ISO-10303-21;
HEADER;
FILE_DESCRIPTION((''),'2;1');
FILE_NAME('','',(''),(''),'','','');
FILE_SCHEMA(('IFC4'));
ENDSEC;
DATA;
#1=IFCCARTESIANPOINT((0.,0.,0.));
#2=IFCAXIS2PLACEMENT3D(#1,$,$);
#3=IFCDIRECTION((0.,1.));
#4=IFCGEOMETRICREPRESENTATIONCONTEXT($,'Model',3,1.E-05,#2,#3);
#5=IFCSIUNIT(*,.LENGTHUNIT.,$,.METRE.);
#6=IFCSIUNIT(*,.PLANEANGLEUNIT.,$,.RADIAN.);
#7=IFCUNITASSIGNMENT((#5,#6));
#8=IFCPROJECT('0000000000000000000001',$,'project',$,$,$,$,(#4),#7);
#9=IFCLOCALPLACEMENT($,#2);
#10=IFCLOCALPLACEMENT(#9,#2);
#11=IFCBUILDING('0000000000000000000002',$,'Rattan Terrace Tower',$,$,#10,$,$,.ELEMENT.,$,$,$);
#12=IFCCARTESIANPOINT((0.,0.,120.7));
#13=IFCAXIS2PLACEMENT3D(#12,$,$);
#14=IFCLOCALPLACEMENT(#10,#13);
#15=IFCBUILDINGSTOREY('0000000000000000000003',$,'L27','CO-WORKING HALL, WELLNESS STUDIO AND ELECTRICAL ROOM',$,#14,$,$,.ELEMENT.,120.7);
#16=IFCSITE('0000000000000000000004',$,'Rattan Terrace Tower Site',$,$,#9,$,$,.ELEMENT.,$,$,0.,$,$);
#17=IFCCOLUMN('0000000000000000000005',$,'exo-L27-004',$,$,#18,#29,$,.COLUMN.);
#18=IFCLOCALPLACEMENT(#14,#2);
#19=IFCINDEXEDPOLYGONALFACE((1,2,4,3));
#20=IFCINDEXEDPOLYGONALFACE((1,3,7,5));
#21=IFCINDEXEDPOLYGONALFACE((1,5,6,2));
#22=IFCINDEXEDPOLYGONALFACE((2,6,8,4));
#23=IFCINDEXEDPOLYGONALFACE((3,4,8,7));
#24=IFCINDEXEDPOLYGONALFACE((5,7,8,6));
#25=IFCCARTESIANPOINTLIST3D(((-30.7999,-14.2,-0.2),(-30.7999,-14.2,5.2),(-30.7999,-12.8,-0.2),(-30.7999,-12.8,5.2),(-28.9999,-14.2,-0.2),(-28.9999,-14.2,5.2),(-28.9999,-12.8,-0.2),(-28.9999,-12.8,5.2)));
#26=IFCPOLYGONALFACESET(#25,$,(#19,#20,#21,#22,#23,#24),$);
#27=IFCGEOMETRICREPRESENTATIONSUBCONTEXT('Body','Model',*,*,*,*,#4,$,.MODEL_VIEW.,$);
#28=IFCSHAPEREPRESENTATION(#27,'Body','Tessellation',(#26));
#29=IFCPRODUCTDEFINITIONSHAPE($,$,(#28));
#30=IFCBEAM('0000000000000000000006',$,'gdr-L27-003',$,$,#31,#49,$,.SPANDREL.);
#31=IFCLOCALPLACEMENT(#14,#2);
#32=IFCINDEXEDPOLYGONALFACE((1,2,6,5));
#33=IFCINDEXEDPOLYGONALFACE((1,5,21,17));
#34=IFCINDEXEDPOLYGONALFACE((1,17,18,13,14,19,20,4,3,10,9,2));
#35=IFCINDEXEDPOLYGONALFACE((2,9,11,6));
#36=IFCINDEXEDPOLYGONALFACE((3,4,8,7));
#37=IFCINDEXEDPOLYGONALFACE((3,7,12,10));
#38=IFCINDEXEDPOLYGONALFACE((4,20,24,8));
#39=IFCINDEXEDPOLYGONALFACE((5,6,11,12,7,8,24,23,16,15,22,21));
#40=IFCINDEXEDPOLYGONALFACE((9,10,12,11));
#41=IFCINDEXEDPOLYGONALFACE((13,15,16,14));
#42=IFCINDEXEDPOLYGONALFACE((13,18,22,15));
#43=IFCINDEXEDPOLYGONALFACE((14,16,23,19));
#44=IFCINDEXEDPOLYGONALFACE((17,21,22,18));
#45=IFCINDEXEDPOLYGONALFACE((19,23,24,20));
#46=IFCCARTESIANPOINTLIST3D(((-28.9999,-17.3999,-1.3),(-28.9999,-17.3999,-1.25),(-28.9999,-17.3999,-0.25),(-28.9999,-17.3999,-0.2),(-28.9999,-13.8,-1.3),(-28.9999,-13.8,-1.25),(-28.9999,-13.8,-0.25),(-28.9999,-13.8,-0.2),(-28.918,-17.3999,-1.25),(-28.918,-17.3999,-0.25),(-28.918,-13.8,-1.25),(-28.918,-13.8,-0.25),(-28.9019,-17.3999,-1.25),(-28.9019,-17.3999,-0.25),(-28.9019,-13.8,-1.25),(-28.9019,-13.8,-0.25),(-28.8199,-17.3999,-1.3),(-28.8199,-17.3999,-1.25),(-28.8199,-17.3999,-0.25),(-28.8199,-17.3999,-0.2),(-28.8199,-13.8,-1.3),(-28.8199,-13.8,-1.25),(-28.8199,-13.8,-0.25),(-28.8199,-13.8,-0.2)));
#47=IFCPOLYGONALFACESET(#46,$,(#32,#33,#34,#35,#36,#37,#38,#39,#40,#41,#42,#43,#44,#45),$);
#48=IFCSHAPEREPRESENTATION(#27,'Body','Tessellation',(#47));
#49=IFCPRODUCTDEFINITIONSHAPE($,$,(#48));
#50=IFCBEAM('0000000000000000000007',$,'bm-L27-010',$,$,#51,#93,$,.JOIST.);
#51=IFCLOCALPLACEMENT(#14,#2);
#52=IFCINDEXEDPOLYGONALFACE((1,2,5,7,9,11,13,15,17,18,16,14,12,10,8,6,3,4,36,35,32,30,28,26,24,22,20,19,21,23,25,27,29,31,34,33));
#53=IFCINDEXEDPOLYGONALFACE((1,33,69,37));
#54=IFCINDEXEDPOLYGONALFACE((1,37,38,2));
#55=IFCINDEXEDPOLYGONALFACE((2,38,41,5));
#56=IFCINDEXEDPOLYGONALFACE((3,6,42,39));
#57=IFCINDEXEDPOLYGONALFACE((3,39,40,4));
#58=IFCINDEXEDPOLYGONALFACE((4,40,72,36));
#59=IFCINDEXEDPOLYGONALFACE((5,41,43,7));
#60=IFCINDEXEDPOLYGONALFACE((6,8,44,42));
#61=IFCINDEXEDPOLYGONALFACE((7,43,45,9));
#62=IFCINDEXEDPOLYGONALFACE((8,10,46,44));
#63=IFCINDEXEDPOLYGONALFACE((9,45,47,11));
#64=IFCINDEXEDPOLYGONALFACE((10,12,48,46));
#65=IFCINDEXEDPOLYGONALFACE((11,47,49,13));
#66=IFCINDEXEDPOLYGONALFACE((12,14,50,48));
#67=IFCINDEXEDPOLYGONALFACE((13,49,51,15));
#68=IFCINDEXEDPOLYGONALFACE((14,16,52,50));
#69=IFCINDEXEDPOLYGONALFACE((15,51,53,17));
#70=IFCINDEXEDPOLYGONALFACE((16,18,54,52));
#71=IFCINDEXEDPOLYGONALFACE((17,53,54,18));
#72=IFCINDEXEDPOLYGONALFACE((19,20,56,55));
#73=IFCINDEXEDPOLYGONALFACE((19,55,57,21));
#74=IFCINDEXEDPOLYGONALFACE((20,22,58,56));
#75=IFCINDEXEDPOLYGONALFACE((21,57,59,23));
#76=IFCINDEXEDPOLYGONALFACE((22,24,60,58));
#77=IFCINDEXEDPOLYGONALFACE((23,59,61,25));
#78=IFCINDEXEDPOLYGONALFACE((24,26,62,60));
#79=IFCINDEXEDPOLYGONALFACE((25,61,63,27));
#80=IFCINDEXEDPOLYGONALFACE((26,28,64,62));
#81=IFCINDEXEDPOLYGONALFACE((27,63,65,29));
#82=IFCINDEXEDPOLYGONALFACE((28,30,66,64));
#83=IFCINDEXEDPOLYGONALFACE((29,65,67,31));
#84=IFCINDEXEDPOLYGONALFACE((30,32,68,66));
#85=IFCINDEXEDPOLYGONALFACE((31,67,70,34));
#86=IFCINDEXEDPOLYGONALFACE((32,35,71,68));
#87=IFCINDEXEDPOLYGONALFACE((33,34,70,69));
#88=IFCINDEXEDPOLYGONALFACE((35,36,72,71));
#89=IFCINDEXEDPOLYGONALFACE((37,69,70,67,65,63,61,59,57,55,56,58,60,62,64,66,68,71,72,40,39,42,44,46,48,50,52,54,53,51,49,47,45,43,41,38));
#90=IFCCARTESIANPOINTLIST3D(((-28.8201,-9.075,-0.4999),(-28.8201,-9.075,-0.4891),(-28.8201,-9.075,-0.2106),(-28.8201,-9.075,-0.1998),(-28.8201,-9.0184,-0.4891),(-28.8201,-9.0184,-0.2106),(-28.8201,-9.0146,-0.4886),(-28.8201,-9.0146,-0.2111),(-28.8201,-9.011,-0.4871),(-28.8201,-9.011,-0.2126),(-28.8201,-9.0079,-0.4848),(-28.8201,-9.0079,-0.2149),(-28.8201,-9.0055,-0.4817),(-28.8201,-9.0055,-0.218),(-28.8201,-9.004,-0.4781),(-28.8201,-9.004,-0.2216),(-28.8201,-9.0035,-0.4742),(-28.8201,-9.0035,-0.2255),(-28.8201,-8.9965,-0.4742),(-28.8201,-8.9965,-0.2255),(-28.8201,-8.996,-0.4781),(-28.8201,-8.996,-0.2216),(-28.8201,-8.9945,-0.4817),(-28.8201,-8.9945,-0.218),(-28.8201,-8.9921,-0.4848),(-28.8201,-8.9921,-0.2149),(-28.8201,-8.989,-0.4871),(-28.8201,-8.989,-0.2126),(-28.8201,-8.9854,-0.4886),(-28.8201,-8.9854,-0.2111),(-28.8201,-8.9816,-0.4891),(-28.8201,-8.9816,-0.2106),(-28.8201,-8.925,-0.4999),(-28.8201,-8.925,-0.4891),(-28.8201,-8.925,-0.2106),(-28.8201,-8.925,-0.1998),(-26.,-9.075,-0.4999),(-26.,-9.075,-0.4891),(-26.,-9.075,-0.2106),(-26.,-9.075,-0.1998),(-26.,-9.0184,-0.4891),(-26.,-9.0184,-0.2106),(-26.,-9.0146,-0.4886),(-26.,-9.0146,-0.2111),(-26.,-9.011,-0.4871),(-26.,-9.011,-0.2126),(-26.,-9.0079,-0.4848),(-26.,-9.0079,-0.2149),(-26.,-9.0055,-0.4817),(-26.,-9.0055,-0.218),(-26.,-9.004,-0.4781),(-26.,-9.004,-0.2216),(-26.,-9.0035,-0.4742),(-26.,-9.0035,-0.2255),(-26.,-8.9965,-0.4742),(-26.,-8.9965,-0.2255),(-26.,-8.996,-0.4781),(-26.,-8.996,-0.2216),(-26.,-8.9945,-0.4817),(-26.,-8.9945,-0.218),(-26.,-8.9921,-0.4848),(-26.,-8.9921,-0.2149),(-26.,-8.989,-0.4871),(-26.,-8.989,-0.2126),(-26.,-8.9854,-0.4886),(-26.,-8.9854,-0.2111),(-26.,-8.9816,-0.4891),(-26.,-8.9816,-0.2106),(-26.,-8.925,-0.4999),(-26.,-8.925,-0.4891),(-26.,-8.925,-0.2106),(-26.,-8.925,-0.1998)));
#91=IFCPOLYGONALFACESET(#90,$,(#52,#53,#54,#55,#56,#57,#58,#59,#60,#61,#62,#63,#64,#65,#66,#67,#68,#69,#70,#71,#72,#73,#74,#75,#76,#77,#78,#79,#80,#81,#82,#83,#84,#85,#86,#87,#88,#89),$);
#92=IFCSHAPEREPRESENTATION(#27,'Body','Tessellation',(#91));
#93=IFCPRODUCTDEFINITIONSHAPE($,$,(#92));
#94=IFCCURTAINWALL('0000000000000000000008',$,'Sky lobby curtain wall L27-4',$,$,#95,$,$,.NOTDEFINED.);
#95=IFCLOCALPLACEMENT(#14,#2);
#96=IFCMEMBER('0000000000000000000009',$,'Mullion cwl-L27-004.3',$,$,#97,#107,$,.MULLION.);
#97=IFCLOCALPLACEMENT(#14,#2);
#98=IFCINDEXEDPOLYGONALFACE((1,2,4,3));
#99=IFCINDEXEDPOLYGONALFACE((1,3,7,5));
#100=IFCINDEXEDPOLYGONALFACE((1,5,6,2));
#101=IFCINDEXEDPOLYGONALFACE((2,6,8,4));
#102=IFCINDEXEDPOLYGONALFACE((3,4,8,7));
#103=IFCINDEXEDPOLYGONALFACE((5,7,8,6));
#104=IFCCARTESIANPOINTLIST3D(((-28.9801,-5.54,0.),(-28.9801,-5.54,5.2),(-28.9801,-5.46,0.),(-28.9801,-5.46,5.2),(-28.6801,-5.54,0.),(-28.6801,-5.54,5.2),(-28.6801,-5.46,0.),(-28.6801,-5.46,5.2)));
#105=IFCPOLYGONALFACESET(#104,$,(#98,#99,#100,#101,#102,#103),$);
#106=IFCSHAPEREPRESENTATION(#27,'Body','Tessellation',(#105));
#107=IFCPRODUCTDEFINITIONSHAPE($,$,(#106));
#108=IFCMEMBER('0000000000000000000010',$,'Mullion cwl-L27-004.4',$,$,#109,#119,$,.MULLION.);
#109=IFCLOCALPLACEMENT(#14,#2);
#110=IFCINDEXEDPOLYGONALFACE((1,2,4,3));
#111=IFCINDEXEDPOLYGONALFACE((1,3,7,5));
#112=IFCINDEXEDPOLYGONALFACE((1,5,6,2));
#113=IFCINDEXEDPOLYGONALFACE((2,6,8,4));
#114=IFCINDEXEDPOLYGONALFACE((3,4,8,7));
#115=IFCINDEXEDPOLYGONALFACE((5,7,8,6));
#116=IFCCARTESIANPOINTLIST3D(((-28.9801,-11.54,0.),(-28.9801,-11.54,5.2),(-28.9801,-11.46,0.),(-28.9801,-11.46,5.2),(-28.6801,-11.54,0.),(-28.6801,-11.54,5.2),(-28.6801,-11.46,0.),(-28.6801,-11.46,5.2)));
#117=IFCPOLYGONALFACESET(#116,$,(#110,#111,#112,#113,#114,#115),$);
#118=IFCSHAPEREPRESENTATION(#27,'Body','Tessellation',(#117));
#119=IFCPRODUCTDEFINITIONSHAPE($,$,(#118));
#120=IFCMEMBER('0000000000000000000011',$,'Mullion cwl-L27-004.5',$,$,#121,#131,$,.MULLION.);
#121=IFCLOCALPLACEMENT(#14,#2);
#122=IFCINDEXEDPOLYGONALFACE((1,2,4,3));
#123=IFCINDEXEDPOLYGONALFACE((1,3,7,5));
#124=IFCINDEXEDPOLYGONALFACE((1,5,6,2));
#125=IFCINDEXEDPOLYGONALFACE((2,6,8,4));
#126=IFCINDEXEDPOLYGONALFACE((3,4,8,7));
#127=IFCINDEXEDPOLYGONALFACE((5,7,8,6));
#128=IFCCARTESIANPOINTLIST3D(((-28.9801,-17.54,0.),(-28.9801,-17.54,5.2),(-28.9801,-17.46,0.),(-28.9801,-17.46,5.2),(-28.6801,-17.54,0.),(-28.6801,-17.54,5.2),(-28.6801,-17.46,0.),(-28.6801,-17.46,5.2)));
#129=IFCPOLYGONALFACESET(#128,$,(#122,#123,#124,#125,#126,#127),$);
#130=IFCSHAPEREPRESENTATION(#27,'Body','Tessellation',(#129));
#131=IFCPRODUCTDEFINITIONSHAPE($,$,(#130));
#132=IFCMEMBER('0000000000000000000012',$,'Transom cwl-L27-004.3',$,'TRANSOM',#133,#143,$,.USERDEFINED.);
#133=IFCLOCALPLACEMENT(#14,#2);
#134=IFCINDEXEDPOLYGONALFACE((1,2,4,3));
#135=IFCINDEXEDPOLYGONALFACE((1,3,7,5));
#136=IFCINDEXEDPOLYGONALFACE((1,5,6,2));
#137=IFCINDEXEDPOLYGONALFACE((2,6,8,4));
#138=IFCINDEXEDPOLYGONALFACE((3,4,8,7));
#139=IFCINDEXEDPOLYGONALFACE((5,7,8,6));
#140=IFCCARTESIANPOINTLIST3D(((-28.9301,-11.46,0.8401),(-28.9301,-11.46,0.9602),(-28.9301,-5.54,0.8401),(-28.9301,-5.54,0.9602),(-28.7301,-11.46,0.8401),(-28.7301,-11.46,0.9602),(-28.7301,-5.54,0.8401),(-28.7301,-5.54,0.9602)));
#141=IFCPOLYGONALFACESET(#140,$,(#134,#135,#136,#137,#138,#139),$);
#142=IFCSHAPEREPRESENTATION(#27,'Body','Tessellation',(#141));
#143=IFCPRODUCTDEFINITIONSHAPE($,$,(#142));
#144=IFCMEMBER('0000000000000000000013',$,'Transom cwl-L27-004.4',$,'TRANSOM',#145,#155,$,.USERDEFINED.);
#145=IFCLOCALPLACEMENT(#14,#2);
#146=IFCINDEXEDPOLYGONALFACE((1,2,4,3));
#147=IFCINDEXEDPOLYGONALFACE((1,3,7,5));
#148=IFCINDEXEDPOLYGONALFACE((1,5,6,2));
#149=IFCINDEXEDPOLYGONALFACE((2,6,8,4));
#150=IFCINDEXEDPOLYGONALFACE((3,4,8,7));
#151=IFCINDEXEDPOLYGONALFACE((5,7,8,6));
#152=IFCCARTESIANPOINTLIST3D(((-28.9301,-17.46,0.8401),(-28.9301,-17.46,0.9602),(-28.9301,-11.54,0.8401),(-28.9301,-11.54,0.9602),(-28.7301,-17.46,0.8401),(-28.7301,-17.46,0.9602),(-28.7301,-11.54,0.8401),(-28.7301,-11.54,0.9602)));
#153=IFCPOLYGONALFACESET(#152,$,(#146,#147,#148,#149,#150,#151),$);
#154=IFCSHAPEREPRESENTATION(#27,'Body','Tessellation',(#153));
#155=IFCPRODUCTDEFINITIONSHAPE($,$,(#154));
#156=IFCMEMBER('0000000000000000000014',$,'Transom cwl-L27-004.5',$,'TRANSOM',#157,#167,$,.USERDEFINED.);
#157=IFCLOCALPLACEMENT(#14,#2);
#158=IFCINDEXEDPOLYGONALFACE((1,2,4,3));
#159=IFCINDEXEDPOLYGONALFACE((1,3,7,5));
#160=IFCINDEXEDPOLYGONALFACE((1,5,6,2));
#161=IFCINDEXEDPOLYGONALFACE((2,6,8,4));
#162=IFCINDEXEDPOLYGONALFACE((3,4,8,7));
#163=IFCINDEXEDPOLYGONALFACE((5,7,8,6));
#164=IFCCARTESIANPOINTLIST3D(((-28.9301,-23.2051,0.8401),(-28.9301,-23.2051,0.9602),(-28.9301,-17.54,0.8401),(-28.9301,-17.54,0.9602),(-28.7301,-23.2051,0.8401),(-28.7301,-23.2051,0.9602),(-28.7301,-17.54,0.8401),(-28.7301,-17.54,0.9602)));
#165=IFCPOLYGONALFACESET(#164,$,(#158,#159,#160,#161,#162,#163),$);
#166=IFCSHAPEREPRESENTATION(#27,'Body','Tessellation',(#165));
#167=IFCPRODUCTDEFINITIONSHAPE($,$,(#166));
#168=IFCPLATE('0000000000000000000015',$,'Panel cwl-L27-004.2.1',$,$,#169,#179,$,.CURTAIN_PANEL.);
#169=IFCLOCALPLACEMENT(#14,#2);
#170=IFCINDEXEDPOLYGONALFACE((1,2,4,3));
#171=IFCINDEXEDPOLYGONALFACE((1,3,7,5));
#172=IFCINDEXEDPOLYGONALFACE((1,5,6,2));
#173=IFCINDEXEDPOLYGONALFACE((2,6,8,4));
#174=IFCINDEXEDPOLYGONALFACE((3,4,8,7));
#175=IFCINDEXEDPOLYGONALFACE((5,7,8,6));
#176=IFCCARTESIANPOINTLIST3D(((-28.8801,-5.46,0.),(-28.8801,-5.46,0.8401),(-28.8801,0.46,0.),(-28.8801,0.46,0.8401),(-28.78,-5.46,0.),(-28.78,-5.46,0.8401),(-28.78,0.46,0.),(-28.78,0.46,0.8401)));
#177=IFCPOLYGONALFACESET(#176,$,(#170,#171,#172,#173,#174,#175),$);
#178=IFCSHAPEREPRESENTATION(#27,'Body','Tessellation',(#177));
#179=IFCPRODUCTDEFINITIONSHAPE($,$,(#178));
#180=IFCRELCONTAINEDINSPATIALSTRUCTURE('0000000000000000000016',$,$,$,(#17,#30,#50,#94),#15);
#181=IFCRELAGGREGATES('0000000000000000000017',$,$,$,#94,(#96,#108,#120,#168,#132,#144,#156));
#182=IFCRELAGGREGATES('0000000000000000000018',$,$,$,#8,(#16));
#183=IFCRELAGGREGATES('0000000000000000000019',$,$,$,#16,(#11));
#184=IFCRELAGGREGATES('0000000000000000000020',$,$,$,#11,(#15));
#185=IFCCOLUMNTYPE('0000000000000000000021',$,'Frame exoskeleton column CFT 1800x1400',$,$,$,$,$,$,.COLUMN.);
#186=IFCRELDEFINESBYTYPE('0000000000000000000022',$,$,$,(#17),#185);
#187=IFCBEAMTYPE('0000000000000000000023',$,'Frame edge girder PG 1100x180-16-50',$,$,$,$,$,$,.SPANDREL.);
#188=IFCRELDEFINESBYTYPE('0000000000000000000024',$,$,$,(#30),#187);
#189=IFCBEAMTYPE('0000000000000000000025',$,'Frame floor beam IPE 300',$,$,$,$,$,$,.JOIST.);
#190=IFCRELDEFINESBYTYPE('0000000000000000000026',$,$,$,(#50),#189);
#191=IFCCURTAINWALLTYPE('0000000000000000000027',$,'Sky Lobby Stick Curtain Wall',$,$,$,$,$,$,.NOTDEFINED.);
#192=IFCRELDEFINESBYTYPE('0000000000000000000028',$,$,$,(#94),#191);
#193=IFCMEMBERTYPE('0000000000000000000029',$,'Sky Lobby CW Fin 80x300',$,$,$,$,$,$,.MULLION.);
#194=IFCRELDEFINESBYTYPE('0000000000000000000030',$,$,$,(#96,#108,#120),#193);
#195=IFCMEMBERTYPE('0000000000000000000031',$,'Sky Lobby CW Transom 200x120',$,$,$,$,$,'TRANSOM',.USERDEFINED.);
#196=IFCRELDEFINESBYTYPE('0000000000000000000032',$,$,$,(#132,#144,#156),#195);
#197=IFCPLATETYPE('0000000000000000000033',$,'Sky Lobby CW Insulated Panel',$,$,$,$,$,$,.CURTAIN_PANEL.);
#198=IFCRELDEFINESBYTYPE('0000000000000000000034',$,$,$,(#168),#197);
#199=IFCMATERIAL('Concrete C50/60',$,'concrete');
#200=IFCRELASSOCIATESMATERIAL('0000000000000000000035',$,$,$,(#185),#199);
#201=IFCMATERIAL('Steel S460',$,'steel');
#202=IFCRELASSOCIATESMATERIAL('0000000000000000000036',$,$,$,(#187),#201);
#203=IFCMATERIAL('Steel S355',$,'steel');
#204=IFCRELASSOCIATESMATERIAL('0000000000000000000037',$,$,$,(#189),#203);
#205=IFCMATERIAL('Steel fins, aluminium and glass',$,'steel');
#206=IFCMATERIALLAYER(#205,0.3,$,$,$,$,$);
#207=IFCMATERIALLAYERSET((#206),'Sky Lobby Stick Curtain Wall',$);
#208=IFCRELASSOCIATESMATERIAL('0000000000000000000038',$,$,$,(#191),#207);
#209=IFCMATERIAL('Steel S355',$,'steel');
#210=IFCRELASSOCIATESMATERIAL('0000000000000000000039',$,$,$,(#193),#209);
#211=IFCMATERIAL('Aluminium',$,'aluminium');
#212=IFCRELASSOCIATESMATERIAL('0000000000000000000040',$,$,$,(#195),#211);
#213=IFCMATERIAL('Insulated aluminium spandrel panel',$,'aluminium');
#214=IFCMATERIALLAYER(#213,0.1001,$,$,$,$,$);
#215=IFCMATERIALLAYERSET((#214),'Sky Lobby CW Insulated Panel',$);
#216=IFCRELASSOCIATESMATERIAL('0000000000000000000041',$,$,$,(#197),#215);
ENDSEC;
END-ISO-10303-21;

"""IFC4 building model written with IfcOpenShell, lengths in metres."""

from ifc_helpers import new_model, si_unit, direction, frame, origin, origin_2d, place, context, subcontext, project, spatial, rectangle, i_section, extrude, material, layer, layer_set, material_profile, profile_set, type_object, element, aggregate, save


model = new_model("IFC4")

# Units and contexts
model_context = context("Model", 3, precision=1e-05, world=origin(), true_north=direction((0.0, 1.0)))
body_context = subcontext(model_context, "Body", "Model", "MODEL_VIEW")
ifc_project = project(units=[si_unit("LENGTHUNIT", "METRE"), si_unit("PLANEANGLEUNIT", "RADIAN")], contexts=[model_context])

# Site, building, storey
site_placement = place(None, origin())
site = spatial("IfcSite", under=ifc_project, at=site_placement, Name="Rattan Terrace Tower Site", CompositionType="ELEMENT", RefElevation=0.0)
building_placement = place(site_placement, origin())
building = spatial("IfcBuilding", under=site, at=building_placement, Name="Rattan Terrace Tower", CompositionType="ELEMENT")
storey_placement = place(building_placement, frame((0.0, 0.0, 120.7)))
storey = spatial("IfcBuildingStorey", under=building, at=storey_placement, Name="L27", Description="CO-WORKING HALL, WELLNESS STUDIO AND ELECTRICAL ROOM", CompositionType="ELEMENT", Elevation=120.7)

# Column
ifc_material_1 = material(Name="Concrete C50/60", Category="concrete")
ifc_material_profile_1 = material_profile(ifc_material_1, rectangle(XDim=1.3999, YDim=1.8, at=origin_2d()), Name="CFT 1800x1400")
ifc_profile_set_1 = profile_set([ifc_material_profile_1], Name="Concrete C50/60")
column_type = type_object("IfcColumnType", Name="Frame exoskeleton column CFT 1800x1400", PredefinedType="COLUMN", material=ifc_profile_set_1)
column_placement = place(storey_placement, frame((-29.8999, -13.5, -0.2), z_axis=(0.0, 0.0, 1.0), x_axis=(0.0, 1.0, 0.0)))
element("IfcColumn", 1, at=column_placement, inside=storey, type_object=column_type, Name="exo-L27-004", PredefinedType="COLUMN", context=body_context, shape_type="SweptSolid", body=[
    extrude(rectangle(XDim=1.3999, YDim=1.8, at=origin_2d()), origin(), (0.0, 0.0, 1.0), 5.3999),
])

# Beams
ifc_material_2 = material(Name="Steel S460", Category="steel")
ifc_material_profile_2 = material_profile(ifc_material_2, i_section(OverallWidth=0.1799, OverallDepth=1.1001, WebThickness=0.0161, FlangeThickness=0.05, at=origin_2d()), Name="PG 1100x180-16-50")
ifc_profile_set_2 = profile_set([ifc_material_profile_2], Name="Steel S460")
beam_type_1 = type_object("IfcBeamType", Name="Frame edge girder PG 1100x180-16-50", PredefinedType="SPANDREL", material=ifc_profile_set_2)
beam_1_placement = place(storey_placement, frame((-28.9099, -13.8, -0.75), z_axis=(0.0, -1.0, 0.0), x_axis=(1.0, 0.0, 0.0)))
element("IfcBeam", 2, at=beam_1_placement, inside=storey, type_object=beam_type_1, Name="gdr-L27-003", PredefinedType="SPANDREL", context=body_context, shape_type="SweptSolid", body=[
    extrude(i_section(OverallWidth=0.1799, OverallDepth=1.1001, WebThickness=0.0161, FlangeThickness=0.05, at=origin_2d()), origin(), (0.0, 0.0, 1.0), 3.5999),
])
ifc_material_3 = material(Name="Steel S355", Category="steel")
ifc_material_profile_3 = material_profile(ifc_material_3, i_section(OverallWidth=0.1499, OverallDepth=0.3, WebThickness=0.0071, FlangeThickness=0.0107, FilletRadius=0.0149, at=origin_2d()), Name="IPE 300")
ifc_profile_set_3 = profile_set([ifc_material_profile_3], Name="Steel S355")
beam_type_2 = type_object("IfcBeamType", Name="Frame floor beam IPE 300", PredefinedType="JOIST", material=ifc_profile_set_3)
beam_2_placement = place(storey_placement, frame((-28.8201, -9.0, -0.3499), z_axis=(1.0, 0.0, 0.0), x_axis=(0.0, 1.0, 0.0)))
element("IfcBeam", 3, at=beam_2_placement, inside=storey, type_object=beam_type_2, Name="bm-L27-010", PredefinedType="JOIST", context=body_context, shape_type="SweptSolid", body=[
    extrude(i_section(OverallWidth=0.1499, OverallDepth=0.3, WebThickness=0.0071, FlangeThickness=0.0107, FilletRadius=0.0149, at=origin_2d()), origin(), (0.0, 0.0, 1.0), 2.8201),
])

# Curtain wall, members, plate
ifc_material_4 = material(Name="Steel fins, aluminium and glass", Category="steel")
ifc_layer_1 = layer(ifc_material_4, 0.3)
ifc_layer_set_1 = layer_set([ifc_layer_1], Name="Sky Lobby Stick Curtain Wall")
curtain_wall_type = type_object("IfcCurtainWallType", Name="Sky Lobby Stick Curtain Wall", PredefinedType="NOTDEFINED", material=ifc_layer_set_1)
curtain_wall_placement = place(storey_placement, origin())
curtain_wall = element("IfcCurtainWall", 4, at=curtain_wall_placement, inside=storey, type_object=curtain_wall_type, Name="Sky lobby curtain wall L27-4", PredefinedType="NOTDEFINED")
ifc_material_5 = material(Name="Steel S355", Category="steel")
ifc_material_profile_4 = material_profile(ifc_material_5, rectangle(XDim=0.0801, YDim=0.3, at=origin_2d()), Name="Steel S355 80x300")
ifc_profile_set_4 = profile_set([ifc_material_profile_4], Name="Steel S355")
member_type_1 = type_object("IfcMemberType", Name="Sky Lobby CW Fin 80x300", PredefinedType="MULLION", material=ifc_profile_set_4)
member_1_placement = place(storey_placement, frame((-28.8301, -5.5, 0.0), z_axis=(0.0, 0.0, 1.0), x_axis=(0.0, -1.0, 0.0)))
member_1 = element("IfcMember", 5, at=member_1_placement, type_object=member_type_1, Name="Mullion cwl-L27-004.3", PredefinedType="MULLION", context=body_context, shape_type="SweptSolid", body=[
    extrude(rectangle(XDim=0.0801, YDim=0.3, at=origin_2d()), origin(), (0.0, 0.0, 1.0), 5.2),
])
member_2_placement = place(storey_placement, frame((-28.8301, -11.5, 0.0), z_axis=(0.0, 0.0, 1.0), x_axis=(0.0, -1.0, 0.0)))
member_2 = element("IfcMember", 6, at=member_2_placement, type_object=member_type_1, Name="Mullion cwl-L27-004.4", PredefinedType="MULLION", context=body_context, shape_type="SweptSolid", body=[
    extrude(rectangle(XDim=0.0801, YDim=0.3, at=origin_2d()), origin(), (0.0, 0.0, 1.0), 5.2),
])
member_3_placement = place(storey_placement, frame((-28.8301, -17.5, 0.0), z_axis=(0.0, 0.0, 1.0), x_axis=(0.0, -1.0, 0.0)))
member_3 = element("IfcMember", 7, at=member_3_placement, type_object=member_type_1, Name="Mullion cwl-L27-004.5", PredefinedType="MULLION", context=body_context, shape_type="SweptSolid", body=[
    extrude(rectangle(XDim=0.0801, YDim=0.3, at=origin_2d()), origin(), (0.0, 0.0, 1.0), 5.2),
])
ifc_material_6 = material(Name="Aluminium", Category="aluminium")
ifc_material_profile_5 = material_profile(ifc_material_6, rectangle(XDim=0.2, YDim=0.1201, at=origin_2d()), Name="Aluminium 200x120")
ifc_profile_set_5 = profile_set([ifc_material_profile_5], Name="Aluminium")
member_type_2 = type_object("IfcMemberType", Name="Sky Lobby CW Transom 200x120", ElementType="TRANSOM", PredefinedType="USERDEFINED", material=ifc_profile_set_5)
member_4_placement = place(storey_placement, frame((-28.8301, -5.54, 0.9001), z_axis=(0.0, -1.0, 0.0), x_axis=(1.0, 0.0, 0.0)))
member_4 = element("IfcMember", 8, at=member_4_placement, type_object=member_type_2, Name="Transom cwl-L27-004.3", ObjectType="TRANSOM", PredefinedType="USERDEFINED", context=body_context, shape_type="SweptSolid", body=[
    extrude(rectangle(XDim=0.2, YDim=0.1201, at=origin_2d()), origin(), (0.0, 0.0, 1.0), 5.9199),
])
member_5_placement = place(storey_placement, frame((-28.8301, -11.54, 0.9001), z_axis=(0.0, -1.0, 0.0), x_axis=(1.0, 0.0, 0.0)))
member_5 = element("IfcMember", 9, at=member_5_placement, type_object=member_type_2, Name="Transom cwl-L27-004.4", ObjectType="TRANSOM", PredefinedType="USERDEFINED", context=body_context, shape_type="SweptSolid", body=[
    extrude(rectangle(XDim=0.2, YDim=0.1201, at=origin_2d()), origin(), (0.0, 0.0, 1.0), 5.9199),
])
member_6_placement = place(storey_placement, frame((-28.8301, -17.54, 0.9001), z_axis=(0.0, -1.0, 0.0), x_axis=(1.0, 0.0, 0.0)))
member_6 = element("IfcMember", 10, at=member_6_placement, type_object=member_type_2, Name="Transom cwl-L27-004.5", ObjectType="TRANSOM", PredefinedType="USERDEFINED", context=body_context, shape_type="SweptSolid", body=[
    extrude(rectangle(XDim=0.2, YDim=0.1201, at=origin_2d()), origin(), (0.0, 0.0, 1.0), 5.665),
])
ifc_material_7 = material(Name="Insulated aluminium spandrel panel", Category="aluminium")
ifc_layer_2 = layer(ifc_material_7, 0.1001)
ifc_layer_set_2 = layer_set([ifc_layer_2], Name="Sky Lobby CW Insulated Panel")
plate_type_1 = type_object("IfcPlateType", Name="Sky Lobby CW Insulated Panel", PredefinedType="CURTAIN_PANEL", material=ifc_layer_set_2)
plate_1_placement = place(storey_placement, frame((-28.8301, -2.5, 0.0), z_axis=(0.0, 0.0, 1.0), x_axis=(0.0, -1.0, 0.0)))
plate_1 = element("IfcPlate", 11, at=plate_1_placement, type_object=plate_type_1, Name="Panel cwl-L27-004.2.1", PredefinedType="CURTAIN_PANEL", context=body_context, shape_type="SweptSolid", body=[
    extrude(rectangle(XDim=5.9199, YDim=0.1001, at=origin_2d()), origin(), (0.0, 0.0, 1.0), 0.8401),
])
aggregate(curtain_wall, [member_1, member_2, member_3, plate_1, member_4, member_5, member_6])

save(model, "model.ifc")
